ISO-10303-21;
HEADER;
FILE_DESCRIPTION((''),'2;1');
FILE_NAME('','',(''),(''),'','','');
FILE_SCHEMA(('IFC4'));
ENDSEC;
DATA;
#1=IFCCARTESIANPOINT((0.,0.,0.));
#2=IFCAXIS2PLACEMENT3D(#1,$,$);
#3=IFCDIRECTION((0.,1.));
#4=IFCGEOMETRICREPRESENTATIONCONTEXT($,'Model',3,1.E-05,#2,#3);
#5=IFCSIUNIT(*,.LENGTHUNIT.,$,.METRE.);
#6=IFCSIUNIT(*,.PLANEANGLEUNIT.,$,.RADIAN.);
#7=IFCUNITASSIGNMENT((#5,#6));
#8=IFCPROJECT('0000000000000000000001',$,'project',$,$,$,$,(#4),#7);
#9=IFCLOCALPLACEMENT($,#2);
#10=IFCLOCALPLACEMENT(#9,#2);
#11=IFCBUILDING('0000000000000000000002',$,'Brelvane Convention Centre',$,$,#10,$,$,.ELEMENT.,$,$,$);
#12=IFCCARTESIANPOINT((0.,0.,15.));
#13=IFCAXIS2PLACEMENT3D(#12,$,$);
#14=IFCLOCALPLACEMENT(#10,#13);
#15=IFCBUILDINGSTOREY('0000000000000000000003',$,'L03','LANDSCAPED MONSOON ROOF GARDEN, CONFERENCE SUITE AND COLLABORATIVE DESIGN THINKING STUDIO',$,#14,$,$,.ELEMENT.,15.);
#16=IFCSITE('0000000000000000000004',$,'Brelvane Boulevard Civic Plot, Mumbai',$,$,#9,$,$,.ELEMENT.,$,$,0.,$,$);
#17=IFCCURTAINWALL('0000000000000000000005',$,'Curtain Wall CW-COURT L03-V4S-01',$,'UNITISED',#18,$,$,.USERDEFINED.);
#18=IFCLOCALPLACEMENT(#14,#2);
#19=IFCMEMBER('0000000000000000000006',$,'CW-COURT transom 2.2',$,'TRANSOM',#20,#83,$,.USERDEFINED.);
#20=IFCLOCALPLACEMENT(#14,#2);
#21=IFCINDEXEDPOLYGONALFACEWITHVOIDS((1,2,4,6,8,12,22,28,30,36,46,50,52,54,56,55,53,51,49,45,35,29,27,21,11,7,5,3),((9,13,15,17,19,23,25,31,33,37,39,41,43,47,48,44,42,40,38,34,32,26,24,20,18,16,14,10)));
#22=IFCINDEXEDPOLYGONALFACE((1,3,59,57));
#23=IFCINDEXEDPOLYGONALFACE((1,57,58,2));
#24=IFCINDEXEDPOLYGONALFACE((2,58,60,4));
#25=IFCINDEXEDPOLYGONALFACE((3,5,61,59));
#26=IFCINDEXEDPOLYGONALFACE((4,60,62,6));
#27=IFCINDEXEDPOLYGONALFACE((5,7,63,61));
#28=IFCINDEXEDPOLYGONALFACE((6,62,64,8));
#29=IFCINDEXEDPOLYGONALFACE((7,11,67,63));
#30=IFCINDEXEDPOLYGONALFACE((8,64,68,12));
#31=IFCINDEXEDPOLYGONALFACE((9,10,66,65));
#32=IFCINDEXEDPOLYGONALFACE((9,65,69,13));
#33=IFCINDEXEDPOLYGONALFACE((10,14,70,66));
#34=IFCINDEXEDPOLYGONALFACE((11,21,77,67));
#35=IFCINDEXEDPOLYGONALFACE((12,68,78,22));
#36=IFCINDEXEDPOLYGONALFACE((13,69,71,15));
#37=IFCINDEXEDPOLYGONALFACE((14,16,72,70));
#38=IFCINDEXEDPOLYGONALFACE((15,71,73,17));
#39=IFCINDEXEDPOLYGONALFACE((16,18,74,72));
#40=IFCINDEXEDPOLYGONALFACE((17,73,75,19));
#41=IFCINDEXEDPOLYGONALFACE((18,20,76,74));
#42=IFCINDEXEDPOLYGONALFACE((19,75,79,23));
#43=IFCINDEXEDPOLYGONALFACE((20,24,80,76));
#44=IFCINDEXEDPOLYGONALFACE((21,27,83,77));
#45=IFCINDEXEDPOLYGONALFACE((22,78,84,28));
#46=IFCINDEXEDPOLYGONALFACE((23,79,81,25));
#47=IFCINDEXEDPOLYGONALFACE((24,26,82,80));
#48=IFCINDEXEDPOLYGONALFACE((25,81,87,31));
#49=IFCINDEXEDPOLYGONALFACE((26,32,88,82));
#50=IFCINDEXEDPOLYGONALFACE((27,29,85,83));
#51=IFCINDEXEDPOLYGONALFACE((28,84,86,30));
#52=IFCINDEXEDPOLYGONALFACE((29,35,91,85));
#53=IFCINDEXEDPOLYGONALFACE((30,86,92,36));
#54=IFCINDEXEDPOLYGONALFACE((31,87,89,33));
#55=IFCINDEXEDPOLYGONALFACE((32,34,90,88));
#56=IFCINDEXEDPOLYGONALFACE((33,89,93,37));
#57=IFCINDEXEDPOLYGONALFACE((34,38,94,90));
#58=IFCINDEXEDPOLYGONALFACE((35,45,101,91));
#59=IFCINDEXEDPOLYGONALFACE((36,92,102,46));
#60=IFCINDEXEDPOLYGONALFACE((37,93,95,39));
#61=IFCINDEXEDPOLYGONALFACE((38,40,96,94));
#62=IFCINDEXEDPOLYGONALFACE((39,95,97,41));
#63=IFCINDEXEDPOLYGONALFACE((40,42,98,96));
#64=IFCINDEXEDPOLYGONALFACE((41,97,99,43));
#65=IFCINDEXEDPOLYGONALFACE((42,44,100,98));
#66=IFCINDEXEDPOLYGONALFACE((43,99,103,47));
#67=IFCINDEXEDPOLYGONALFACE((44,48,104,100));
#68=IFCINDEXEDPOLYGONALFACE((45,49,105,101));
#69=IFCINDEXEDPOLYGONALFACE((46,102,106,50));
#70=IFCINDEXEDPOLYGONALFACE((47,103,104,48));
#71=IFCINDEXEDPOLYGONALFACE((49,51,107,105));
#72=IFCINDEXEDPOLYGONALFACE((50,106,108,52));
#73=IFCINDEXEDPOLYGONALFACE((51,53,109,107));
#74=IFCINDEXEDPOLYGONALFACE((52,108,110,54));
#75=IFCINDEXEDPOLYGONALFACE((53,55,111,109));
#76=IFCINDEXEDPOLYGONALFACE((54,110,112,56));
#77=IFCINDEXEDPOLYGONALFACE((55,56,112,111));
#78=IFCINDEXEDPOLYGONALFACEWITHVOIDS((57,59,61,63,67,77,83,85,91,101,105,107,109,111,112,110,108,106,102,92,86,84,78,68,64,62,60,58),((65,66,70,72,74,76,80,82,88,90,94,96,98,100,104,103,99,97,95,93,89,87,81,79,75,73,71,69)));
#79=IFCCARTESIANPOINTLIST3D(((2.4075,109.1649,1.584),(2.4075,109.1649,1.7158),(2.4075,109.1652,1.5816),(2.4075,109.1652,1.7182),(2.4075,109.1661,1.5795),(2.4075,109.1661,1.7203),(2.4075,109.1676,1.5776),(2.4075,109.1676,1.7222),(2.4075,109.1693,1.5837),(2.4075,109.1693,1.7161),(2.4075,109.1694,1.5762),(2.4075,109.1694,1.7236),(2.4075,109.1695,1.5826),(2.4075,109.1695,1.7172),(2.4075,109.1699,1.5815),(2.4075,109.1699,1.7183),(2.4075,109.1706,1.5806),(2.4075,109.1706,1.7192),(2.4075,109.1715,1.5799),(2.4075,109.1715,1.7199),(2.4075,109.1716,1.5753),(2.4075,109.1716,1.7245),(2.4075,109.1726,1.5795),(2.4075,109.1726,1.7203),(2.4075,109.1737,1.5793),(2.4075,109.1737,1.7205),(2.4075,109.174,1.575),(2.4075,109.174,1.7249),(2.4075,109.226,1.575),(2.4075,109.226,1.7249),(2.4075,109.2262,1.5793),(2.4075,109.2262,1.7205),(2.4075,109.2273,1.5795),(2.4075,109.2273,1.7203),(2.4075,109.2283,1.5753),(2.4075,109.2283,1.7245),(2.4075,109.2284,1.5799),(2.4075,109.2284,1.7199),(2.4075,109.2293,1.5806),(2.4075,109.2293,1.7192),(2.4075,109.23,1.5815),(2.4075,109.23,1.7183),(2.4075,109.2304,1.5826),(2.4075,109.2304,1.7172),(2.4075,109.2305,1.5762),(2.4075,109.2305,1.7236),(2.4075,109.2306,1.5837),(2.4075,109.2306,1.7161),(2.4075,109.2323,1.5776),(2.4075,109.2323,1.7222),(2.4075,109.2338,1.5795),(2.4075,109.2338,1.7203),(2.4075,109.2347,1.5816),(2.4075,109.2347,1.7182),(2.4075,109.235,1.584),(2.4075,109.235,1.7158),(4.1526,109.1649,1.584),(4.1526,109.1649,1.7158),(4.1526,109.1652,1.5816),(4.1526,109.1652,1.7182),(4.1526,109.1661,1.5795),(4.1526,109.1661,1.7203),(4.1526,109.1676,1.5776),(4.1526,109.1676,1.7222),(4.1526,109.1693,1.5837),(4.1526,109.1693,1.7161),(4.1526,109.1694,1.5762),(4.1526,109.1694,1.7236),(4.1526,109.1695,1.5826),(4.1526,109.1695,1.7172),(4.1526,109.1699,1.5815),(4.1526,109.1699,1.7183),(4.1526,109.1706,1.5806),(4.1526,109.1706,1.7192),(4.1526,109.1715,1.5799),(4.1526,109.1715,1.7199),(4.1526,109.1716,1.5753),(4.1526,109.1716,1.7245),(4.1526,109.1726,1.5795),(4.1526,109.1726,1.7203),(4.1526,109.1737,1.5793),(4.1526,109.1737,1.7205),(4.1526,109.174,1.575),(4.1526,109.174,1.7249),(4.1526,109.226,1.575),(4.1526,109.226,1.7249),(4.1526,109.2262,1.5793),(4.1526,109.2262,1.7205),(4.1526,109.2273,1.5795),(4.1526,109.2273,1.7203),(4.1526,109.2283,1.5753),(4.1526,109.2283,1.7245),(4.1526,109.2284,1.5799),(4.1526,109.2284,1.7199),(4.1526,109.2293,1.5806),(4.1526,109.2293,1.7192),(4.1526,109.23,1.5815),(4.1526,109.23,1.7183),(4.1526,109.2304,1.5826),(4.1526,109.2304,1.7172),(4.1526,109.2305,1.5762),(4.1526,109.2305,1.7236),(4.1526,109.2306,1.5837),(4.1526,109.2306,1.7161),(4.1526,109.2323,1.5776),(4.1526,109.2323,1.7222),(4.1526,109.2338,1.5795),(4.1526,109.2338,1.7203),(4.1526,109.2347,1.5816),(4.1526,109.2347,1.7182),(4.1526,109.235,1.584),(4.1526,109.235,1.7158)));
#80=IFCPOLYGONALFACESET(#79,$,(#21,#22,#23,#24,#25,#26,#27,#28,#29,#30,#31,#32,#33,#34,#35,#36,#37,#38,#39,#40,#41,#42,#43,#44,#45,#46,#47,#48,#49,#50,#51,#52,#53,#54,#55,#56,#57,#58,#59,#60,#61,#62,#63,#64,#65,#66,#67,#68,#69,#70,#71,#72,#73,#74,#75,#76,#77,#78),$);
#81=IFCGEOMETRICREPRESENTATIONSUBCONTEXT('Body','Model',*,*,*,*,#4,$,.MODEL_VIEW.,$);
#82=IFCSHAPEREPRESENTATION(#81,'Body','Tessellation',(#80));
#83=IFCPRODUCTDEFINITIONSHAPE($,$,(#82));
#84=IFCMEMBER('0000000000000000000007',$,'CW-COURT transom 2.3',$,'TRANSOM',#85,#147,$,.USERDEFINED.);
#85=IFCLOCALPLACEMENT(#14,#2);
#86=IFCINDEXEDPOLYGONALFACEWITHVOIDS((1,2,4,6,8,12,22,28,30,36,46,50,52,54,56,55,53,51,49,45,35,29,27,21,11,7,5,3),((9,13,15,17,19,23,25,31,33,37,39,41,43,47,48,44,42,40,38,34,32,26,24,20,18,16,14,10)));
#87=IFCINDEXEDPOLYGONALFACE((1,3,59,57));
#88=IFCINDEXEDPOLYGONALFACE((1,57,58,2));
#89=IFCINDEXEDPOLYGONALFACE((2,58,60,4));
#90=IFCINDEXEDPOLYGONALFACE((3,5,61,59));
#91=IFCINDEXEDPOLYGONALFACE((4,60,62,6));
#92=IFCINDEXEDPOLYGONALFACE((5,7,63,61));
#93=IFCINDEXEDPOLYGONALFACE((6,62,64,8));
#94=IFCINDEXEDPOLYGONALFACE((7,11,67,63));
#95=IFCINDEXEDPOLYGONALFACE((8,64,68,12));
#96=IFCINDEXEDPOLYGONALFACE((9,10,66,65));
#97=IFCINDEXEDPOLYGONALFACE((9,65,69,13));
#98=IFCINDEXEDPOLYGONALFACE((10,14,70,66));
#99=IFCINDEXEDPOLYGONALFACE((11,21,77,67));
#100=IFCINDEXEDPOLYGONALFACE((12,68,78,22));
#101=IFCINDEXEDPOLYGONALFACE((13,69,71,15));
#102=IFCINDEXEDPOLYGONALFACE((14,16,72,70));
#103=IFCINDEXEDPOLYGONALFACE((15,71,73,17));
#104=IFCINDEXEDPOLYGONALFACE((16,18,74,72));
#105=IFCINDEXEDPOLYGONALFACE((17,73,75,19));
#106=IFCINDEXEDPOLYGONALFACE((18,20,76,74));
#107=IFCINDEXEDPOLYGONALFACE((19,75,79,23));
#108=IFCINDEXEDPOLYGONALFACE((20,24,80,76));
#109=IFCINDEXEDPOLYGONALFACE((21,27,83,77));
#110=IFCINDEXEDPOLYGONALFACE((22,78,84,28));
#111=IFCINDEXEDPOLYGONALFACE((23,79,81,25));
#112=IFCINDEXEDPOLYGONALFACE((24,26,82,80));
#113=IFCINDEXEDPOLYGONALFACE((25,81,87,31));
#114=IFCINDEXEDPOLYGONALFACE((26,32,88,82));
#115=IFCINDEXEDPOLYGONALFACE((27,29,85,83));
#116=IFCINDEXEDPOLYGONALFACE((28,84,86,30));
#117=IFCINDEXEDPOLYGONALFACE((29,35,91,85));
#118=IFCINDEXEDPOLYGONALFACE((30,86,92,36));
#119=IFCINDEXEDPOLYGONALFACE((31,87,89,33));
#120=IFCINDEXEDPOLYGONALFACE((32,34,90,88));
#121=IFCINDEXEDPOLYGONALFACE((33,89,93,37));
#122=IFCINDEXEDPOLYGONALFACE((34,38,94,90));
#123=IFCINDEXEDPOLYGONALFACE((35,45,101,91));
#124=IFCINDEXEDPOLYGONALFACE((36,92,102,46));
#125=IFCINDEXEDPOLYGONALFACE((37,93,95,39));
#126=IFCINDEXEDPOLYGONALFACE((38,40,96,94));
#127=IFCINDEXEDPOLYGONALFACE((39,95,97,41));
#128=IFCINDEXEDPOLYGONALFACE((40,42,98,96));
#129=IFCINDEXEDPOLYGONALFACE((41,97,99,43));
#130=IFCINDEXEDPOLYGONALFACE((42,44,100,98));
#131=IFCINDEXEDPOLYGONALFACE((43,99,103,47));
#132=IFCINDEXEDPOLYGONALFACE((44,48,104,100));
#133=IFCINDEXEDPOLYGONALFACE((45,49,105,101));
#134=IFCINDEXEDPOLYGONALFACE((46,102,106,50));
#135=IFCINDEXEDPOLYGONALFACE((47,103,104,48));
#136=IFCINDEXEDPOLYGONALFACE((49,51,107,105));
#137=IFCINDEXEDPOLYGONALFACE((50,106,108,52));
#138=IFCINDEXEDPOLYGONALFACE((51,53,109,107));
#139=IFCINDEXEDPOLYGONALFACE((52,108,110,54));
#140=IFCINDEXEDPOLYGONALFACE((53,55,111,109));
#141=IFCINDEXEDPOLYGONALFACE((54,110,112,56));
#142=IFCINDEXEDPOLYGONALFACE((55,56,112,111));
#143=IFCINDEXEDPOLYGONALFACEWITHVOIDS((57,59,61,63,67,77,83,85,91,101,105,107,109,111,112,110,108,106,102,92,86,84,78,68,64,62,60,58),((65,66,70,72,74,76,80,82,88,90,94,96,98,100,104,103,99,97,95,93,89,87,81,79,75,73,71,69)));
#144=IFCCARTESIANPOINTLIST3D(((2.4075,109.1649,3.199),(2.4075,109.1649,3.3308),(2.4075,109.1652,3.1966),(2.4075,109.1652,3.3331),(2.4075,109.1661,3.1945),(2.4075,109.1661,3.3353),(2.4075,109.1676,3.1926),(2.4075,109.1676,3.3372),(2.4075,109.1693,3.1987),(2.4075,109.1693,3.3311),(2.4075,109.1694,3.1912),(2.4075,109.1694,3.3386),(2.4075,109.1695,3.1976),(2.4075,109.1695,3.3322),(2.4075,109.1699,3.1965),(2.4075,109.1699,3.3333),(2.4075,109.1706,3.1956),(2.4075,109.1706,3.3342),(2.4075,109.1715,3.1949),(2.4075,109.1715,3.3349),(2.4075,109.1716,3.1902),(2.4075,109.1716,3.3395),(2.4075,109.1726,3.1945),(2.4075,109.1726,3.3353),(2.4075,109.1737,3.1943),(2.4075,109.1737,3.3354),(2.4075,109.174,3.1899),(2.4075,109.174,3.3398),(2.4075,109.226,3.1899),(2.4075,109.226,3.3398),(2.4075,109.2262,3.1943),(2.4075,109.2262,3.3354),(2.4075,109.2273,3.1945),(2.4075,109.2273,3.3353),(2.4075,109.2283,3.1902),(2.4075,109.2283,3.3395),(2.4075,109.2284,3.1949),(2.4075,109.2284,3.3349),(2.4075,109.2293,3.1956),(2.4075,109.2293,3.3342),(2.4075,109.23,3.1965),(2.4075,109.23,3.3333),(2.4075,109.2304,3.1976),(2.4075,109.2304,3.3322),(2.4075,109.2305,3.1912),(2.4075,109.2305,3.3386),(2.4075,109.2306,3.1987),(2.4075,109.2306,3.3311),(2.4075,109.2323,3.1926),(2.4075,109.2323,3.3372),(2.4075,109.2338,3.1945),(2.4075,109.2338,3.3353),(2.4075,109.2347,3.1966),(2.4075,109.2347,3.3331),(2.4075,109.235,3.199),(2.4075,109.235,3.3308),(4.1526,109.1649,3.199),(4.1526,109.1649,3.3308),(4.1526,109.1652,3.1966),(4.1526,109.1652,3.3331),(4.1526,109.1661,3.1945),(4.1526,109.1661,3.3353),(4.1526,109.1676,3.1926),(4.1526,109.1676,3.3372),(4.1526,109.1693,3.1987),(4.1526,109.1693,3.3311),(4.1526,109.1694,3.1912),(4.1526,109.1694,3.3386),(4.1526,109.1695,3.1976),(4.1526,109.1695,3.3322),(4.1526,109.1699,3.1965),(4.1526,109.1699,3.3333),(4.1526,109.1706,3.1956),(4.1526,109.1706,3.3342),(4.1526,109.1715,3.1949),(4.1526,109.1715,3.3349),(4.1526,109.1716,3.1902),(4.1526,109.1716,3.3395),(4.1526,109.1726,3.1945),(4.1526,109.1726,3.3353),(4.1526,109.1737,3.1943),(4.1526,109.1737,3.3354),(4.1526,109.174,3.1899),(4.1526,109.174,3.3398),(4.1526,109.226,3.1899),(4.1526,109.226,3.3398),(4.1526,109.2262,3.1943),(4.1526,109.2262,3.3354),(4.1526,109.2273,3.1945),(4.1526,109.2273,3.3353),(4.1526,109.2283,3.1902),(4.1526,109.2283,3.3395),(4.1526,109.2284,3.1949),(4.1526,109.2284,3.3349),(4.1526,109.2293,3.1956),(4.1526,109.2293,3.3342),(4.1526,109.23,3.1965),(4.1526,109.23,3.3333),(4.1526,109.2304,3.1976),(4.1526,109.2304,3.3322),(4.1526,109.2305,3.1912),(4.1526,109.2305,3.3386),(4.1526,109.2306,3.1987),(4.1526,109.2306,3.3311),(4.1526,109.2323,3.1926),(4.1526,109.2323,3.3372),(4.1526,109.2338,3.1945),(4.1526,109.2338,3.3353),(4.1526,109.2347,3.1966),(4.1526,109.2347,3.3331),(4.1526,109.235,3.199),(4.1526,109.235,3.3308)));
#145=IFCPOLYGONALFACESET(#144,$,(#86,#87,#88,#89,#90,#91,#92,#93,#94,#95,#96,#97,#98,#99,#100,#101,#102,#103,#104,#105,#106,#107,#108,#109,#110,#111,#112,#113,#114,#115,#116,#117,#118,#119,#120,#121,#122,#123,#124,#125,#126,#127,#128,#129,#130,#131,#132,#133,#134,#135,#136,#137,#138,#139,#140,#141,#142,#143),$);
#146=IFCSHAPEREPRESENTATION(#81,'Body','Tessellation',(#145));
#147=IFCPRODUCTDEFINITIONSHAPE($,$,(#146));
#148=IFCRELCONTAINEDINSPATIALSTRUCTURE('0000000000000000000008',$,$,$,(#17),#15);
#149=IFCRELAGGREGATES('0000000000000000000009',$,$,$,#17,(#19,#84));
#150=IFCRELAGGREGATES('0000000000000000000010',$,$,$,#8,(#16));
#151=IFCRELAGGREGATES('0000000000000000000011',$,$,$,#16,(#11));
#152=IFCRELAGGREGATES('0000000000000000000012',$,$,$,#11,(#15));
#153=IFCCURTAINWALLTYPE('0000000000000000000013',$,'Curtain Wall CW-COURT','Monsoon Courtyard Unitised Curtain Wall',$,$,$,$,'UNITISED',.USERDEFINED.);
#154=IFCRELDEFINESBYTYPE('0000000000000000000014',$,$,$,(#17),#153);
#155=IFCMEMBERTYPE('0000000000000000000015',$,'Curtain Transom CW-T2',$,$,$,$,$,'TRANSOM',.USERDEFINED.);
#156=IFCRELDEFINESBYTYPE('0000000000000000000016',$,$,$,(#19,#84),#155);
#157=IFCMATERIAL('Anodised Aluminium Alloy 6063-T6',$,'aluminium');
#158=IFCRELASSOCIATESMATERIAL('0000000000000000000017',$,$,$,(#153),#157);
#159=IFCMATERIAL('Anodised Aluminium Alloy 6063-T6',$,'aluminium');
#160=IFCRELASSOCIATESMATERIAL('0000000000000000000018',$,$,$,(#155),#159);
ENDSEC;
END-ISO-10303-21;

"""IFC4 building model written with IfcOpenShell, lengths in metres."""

from ifc_helpers import new_model, si_unit, direction, frame, origin, origin_2d, place, context, subcontext, project, spatial, hollow_rectangle, extrude, material, material_profile, profile_set, type_object, element, aggregate, save


model = new_model("IFC4")

# Units and contexts
model_context = context("Model", 3, precision=1e-05, world=origin(), true_north=direction((0.0, 1.0)))
body_context = subcontext(model_context, "Body", "Model", "MODEL_VIEW")
ifc_project = project(units=[si_unit("LENGTHUNIT", "METRE"), si_unit("PLANEANGLEUNIT", "RADIAN")], contexts=[model_context])

# Site, building, storey
site_placement = place(None, origin())
site = spatial("IfcSite", under=ifc_project, at=site_placement, Name="Brelvane Boulevard Civic Plot, Mumbai", CompositionType="ELEMENT", RefElevation=0.0)
building_placement = place(site_placement, origin())
building = spatial("IfcBuilding", under=site, at=building_placement, Name="Brelvane Convention Centre", CompositionType="ELEMENT")
storey_placement = place(building_placement, frame((0.0, 0.0, 15.0)))
storey = spatial("IfcBuildingStorey", under=building, at=storey_placement, Name="L03", Description="LANDSCAPED MONSOON ROOF GARDEN, CONFERENCE SUITE AND COLLABORATIVE DESIGN THINKING STUDIO", CompositionType="ELEMENT", Elevation=15.0)

# Curtain wall, members
ifc_material_1 = material(Name="Anodised Aluminium Alloy 6063-T6", Category="aluminium")
curtain_wall_type = type_object("IfcCurtainWallType", Name="Curtain Wall CW-COURT", Description="Monsoon Courtyard Unitised Curtain Wall", ElementType="UNITISED", PredefinedType="USERDEFINED", material=ifc_material_1)
curtain_wall_placement = place(storey_placement, origin())
curtain_wall = element("IfcCurtainWall", 1, at=curtain_wall_placement, inside=storey, type_object=curtain_wall_type, Name="Curtain Wall CW-COURT L03-V4S-01", ObjectType="UNITISED", PredefinedType="USERDEFINED")
ifc_material_2 = material(Name="Anodised Aluminium Alloy 6063-T6", Category="aluminium")
ifc_material_profile_1 = material_profile(ifc_material_2, hollow_rectangle(XDim=0.0701, YDim=0.1499, WallThickness=0.0044, InnerFilletRadius=0.0044, OuterFilletRadius=0.009, at=origin_2d()), Name="ALU-T 150x70x4.5")
ifc_profile_set_1 = profile_set([ifc_material_profile_1], Name="Anodised Aluminium Alloy 6063-T6")
member_type_1 = type_object("IfcMemberType", Name="Curtain Transom CW-T2", ElementType="TRANSOM", PredefinedType="USERDEFINED", material=ifc_profile_set_1)
member_1_placement = place(storey_placement, frame((2.4075, 109.2, 1.6499), z_axis=(1.0, 0.0, 0.0), x_axis=(0.0, 1.0, 0.0)))
member_1 = element("IfcMember", 2, at=member_1_placement, type_object=member_type_1, Name="CW-COURT transom 2.2", ObjectType="TRANSOM", PredefinedType="USERDEFINED", context=body_context, shape_type="SweptSolid", body=[
    extrude(hollow_rectangle(XDim=0.0701, YDim=0.1499, WallThickness=0.0044, InnerFilletRadius=0.0044, OuterFilletRadius=0.009, at=origin_2d()), origin(), (0.0, 0.0, 1.0), 1.7451),
])
member_2_placement = place(storey_placement, frame((2.4075, 109.2, 3.2649), z_axis=(1.0, 0.0, 0.0), x_axis=(0.0, 1.0, 0.0)))
member_2 = element("IfcMember", 3, at=member_2_placement, type_object=member_type_1, Name="CW-COURT transom 2.3", ObjectType="TRANSOM", PredefinedType="USERDEFINED", context=body_context, shape_type="SweptSolid", body=[
    extrude(hollow_rectangle(XDim=0.0701, YDim=0.1499, WallThickness=0.0044, InnerFilletRadius=0.0044, OuterFilletRadius=0.009, at=origin_2d()), origin(), (0.0, 0.0, 1.0), 1.7451),
])

aggregate(curtain_wall, [member_1, member_2])

save(model, "model.ifc")
